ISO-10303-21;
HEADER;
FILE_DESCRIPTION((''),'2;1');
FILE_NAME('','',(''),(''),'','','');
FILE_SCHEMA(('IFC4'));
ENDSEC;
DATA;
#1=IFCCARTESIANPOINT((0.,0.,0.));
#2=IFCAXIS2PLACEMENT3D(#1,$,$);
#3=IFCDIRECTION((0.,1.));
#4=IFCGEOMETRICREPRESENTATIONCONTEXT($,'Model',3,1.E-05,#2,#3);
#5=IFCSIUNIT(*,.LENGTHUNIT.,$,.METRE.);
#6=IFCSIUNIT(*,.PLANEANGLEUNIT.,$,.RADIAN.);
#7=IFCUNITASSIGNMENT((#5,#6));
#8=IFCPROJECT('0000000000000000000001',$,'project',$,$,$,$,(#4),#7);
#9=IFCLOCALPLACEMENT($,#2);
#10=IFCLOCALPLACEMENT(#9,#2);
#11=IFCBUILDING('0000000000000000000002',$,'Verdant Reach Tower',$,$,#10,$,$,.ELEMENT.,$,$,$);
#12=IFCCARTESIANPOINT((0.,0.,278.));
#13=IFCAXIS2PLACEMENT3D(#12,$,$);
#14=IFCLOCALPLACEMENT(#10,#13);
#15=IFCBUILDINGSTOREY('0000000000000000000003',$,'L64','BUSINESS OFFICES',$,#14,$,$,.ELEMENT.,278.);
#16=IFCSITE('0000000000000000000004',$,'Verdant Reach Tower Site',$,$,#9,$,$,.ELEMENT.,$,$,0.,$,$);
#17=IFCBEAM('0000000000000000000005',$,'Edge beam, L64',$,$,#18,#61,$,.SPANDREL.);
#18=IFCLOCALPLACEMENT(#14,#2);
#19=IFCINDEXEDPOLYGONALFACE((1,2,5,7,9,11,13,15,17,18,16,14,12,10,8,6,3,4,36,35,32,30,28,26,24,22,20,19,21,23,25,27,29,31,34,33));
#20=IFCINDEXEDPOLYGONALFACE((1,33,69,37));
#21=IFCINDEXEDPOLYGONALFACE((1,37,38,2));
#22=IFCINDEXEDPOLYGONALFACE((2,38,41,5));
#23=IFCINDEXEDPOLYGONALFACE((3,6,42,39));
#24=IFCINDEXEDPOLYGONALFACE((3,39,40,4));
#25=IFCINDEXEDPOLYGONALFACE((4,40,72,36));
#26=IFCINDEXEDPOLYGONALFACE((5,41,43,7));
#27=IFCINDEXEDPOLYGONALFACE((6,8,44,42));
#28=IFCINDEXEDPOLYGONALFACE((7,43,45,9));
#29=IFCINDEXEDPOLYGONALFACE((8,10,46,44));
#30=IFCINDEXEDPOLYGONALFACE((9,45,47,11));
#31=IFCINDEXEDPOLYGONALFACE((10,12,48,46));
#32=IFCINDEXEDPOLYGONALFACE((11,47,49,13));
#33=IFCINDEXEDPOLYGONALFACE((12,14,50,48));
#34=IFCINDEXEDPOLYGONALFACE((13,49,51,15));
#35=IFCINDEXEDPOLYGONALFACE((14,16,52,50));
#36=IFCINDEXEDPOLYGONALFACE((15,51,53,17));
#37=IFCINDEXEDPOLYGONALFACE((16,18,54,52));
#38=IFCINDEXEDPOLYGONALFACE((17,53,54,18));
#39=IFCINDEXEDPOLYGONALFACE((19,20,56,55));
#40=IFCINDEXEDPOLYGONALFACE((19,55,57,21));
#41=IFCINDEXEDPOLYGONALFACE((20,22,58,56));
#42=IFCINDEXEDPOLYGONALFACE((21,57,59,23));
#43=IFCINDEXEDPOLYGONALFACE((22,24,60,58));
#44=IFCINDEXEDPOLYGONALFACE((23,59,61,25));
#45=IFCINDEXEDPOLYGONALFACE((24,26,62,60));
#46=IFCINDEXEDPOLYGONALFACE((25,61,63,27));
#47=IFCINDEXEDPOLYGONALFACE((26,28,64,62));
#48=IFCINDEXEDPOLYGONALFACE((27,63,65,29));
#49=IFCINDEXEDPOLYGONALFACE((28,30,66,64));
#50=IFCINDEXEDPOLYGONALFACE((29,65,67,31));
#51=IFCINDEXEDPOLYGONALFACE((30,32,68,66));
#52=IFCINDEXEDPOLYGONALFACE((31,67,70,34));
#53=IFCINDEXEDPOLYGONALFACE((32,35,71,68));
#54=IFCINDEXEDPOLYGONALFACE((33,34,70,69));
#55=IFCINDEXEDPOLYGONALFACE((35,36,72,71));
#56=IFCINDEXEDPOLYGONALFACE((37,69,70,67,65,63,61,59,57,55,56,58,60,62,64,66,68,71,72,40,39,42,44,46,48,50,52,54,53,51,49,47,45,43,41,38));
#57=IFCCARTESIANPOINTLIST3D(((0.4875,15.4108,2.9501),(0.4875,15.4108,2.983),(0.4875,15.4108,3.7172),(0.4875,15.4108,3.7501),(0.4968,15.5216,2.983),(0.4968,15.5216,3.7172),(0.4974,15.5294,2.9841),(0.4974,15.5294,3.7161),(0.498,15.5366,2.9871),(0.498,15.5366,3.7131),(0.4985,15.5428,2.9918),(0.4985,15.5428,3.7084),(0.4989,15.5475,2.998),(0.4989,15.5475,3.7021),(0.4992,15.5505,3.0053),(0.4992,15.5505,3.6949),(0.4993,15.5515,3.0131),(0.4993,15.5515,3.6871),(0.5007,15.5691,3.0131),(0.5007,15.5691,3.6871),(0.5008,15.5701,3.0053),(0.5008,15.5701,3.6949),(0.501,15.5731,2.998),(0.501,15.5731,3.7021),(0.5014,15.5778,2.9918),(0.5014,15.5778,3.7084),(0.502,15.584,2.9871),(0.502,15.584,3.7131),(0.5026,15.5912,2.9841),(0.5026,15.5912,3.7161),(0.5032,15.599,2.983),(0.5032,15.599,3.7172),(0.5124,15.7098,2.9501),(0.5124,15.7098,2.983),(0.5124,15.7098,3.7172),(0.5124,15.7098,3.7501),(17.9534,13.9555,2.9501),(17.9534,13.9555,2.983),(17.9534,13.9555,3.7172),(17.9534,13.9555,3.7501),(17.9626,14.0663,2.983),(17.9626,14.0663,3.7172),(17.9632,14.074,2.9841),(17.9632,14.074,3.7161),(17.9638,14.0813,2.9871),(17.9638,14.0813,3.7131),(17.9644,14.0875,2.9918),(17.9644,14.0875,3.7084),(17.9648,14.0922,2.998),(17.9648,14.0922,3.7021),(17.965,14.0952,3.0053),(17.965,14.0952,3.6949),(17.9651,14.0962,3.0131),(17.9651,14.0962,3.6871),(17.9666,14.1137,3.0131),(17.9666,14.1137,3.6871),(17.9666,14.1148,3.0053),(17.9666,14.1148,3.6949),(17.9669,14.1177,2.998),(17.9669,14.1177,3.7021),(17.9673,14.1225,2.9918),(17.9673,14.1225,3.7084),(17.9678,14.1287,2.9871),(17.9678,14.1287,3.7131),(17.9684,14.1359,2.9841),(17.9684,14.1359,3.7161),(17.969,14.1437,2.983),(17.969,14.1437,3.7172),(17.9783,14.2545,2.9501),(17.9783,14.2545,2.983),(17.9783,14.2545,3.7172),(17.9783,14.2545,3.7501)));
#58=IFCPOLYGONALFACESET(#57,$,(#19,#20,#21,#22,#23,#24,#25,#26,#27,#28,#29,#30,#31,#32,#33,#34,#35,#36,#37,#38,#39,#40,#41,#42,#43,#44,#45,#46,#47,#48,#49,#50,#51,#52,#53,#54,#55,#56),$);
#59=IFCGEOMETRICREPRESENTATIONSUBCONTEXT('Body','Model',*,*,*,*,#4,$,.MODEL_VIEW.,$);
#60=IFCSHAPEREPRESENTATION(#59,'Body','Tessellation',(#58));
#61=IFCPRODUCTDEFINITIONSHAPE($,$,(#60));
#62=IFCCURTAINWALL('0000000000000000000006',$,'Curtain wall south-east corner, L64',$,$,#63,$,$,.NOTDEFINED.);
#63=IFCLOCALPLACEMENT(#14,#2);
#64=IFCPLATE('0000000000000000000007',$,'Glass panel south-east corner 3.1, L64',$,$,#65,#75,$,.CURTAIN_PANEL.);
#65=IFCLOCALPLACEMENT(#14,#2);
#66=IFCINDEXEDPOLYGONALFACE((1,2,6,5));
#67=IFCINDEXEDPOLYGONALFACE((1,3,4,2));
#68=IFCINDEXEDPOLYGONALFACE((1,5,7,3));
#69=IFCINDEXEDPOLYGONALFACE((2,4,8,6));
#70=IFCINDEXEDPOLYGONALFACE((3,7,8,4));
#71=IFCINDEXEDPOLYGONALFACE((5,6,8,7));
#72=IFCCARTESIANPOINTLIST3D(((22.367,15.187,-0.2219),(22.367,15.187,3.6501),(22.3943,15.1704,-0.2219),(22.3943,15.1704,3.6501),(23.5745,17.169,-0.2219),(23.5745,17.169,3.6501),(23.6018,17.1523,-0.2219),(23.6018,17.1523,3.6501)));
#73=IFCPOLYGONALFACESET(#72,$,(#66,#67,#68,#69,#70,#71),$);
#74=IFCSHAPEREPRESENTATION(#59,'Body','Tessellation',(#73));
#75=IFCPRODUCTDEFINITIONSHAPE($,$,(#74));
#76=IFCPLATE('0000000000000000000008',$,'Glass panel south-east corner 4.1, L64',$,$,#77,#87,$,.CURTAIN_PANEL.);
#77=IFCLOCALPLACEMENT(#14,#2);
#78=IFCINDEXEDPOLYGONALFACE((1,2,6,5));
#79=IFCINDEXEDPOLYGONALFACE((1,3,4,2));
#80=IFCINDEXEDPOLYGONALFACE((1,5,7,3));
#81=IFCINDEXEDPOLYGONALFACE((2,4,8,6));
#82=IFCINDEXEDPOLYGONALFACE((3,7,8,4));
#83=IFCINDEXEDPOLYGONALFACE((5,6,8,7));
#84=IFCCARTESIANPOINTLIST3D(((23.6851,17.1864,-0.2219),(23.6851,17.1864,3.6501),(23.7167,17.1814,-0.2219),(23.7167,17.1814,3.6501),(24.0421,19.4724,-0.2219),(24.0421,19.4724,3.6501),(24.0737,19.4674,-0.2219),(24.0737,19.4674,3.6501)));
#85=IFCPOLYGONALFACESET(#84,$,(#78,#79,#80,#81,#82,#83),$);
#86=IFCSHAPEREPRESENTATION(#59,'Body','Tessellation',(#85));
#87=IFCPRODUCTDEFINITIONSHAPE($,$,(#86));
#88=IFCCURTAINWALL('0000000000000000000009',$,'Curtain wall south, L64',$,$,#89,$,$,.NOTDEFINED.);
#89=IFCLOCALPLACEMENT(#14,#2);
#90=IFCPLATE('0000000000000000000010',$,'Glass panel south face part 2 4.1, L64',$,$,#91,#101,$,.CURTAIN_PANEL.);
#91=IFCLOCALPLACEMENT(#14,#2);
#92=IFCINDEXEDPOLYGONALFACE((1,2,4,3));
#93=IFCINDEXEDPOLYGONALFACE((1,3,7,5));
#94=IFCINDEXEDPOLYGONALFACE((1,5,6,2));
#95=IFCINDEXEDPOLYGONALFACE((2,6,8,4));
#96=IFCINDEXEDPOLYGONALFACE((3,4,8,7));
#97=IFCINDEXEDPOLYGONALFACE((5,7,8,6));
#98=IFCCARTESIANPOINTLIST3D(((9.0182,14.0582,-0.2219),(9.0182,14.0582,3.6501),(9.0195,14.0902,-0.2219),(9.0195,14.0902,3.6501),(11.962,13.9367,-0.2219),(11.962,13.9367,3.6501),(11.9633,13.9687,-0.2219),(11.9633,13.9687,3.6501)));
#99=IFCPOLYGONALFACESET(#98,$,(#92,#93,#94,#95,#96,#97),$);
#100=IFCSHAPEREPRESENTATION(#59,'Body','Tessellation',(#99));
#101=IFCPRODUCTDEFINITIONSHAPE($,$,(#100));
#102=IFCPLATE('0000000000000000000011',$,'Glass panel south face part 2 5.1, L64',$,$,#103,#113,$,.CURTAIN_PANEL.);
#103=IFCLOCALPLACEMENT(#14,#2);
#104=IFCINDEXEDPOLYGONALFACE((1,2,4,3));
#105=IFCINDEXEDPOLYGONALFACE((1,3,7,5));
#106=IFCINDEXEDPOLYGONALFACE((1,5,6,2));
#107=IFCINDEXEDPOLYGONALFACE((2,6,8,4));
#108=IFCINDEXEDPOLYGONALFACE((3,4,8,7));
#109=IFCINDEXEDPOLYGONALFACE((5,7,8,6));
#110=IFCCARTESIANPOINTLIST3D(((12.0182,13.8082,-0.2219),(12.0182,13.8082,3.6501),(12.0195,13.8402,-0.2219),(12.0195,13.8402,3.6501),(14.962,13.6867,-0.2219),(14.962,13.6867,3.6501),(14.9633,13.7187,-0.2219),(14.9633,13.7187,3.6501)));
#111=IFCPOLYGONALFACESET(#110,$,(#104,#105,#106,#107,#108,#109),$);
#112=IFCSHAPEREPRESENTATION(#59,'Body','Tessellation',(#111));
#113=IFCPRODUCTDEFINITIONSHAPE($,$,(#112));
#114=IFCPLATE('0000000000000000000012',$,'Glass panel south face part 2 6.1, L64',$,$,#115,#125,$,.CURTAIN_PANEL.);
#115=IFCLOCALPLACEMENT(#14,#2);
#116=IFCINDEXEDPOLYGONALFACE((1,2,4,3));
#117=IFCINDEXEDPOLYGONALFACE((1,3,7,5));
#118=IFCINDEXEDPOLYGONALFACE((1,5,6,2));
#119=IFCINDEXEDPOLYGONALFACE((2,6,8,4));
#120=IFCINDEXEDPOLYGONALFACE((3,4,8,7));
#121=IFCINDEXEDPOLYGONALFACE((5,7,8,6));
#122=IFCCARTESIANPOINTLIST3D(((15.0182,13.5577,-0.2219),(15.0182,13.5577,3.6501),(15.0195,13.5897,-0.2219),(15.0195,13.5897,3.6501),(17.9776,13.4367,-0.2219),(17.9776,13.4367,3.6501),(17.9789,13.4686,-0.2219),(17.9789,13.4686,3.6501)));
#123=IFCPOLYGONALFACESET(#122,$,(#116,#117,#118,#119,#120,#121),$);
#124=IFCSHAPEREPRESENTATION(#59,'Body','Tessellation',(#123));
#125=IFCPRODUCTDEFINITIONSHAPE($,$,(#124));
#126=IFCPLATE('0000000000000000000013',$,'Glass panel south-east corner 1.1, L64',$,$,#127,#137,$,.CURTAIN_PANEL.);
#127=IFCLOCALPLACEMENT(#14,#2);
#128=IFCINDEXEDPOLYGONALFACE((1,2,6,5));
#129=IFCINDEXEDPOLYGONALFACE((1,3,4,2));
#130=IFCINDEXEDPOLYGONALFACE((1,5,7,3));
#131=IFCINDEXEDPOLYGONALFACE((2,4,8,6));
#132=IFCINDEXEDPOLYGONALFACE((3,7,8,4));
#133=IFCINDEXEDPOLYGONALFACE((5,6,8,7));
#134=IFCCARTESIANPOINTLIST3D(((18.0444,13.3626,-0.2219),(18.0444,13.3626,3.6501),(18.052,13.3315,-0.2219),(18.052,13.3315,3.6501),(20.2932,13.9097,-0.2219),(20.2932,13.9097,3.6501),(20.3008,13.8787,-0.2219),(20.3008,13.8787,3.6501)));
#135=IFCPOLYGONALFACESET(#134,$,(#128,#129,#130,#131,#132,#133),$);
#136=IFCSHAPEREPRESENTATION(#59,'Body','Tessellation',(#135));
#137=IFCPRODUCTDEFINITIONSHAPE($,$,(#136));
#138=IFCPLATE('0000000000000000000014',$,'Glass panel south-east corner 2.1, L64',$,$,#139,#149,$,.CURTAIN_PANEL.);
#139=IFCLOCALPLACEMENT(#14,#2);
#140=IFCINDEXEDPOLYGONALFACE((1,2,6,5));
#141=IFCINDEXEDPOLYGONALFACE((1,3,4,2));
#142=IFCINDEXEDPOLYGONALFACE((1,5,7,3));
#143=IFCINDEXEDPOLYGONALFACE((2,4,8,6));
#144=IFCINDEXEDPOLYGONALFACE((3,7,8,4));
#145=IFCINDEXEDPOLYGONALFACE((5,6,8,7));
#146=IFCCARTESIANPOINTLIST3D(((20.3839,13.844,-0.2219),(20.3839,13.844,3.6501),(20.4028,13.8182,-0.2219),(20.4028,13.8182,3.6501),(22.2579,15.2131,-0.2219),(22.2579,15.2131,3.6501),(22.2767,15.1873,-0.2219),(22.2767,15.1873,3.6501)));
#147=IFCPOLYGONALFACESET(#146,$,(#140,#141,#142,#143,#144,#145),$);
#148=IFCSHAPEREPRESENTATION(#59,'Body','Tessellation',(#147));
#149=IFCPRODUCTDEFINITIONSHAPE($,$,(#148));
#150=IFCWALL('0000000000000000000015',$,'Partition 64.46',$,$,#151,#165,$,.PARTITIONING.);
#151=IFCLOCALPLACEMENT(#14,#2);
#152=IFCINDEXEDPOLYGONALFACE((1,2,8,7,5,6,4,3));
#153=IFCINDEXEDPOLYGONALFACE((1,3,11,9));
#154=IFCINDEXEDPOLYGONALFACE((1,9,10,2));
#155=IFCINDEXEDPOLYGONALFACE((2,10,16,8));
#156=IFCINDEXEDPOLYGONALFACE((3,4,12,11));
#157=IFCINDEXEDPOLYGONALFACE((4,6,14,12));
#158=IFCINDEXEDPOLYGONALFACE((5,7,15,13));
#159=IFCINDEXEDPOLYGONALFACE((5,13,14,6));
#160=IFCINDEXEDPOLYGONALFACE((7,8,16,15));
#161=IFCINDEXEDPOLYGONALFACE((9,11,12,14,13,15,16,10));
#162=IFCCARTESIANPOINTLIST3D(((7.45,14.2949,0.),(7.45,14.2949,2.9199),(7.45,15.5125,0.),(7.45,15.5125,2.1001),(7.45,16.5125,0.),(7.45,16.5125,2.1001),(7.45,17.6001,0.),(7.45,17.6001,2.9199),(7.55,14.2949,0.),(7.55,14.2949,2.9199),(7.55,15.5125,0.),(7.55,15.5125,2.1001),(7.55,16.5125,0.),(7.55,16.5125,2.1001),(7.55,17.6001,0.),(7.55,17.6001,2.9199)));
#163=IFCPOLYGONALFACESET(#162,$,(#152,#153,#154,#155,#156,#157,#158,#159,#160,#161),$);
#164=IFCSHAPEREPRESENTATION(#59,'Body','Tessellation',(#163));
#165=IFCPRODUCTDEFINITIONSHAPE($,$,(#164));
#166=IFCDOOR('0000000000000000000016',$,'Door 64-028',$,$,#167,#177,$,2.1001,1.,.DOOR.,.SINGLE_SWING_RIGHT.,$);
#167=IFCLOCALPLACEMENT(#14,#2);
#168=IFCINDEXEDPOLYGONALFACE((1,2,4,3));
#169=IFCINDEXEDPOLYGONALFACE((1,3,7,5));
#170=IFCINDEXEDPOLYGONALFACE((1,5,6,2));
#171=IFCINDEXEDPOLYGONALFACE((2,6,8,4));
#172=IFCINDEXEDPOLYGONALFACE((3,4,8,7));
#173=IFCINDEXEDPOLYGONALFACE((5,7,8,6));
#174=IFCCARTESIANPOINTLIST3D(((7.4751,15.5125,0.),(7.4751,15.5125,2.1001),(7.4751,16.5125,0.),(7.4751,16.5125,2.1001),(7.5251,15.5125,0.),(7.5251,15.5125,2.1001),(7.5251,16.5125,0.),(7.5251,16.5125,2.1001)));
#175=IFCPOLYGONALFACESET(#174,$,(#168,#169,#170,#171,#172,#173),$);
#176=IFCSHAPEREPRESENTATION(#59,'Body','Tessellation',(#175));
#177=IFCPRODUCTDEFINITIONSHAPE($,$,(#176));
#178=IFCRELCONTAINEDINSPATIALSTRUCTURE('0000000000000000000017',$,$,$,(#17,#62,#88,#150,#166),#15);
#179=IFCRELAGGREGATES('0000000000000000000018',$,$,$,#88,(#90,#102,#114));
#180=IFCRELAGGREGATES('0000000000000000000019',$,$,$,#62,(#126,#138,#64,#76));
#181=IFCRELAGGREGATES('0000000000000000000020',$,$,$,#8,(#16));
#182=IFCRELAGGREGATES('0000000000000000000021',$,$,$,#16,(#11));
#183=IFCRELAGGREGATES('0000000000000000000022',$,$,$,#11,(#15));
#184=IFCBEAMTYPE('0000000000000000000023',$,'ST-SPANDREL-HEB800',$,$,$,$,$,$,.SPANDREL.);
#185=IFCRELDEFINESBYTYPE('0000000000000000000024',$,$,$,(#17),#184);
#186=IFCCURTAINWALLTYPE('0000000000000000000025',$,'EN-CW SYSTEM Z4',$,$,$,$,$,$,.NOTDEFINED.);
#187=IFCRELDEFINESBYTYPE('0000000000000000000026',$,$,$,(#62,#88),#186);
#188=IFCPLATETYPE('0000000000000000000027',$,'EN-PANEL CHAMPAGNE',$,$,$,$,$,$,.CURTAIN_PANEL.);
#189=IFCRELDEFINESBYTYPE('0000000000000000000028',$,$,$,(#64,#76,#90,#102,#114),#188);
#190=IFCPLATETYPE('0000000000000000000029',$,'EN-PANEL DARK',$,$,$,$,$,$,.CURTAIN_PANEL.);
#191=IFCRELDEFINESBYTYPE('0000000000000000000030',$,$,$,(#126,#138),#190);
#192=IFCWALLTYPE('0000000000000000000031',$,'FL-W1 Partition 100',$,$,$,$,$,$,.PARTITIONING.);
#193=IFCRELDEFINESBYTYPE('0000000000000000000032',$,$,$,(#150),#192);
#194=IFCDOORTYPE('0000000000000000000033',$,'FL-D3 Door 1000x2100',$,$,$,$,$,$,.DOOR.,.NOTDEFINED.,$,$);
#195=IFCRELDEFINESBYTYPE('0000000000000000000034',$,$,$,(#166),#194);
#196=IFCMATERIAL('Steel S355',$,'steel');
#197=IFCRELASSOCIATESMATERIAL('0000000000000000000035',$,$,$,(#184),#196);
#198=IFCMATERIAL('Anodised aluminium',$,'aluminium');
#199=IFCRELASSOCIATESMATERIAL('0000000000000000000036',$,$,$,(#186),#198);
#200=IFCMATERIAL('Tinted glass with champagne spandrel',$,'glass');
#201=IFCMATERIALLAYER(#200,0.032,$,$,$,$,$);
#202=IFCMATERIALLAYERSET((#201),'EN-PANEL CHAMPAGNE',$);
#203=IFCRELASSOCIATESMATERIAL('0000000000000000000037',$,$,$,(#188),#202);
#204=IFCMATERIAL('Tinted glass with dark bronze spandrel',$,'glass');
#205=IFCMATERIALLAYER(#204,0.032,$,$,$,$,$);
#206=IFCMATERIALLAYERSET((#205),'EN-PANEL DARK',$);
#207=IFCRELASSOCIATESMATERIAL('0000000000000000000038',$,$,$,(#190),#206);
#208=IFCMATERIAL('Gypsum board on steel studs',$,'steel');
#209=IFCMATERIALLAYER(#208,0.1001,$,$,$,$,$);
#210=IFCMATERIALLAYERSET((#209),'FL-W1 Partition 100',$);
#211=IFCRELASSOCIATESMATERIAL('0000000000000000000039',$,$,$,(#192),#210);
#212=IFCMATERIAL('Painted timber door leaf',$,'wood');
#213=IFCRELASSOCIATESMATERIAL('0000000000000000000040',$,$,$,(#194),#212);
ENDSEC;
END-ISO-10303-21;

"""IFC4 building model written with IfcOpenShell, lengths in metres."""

from ifc_helpers import new_model, si_unit, direction, frame, frame_2d, origin, origin_2d, place, context, subcontext, project, spatial, rectangle, i_section, extrude, material, layer, layer_set, material_profile, profile_set, type_object, element, fill, aggregate, save


model = new_model("IFC4")

# Units and contexts
model_context = context("Model", 3, precision=1e-05, world=origin(), true_north=direction((0.0, 1.0)))
body_context = subcontext(model_context, "Body", "Model", "MODEL_VIEW")
ifc_project = project(units=[si_unit("LENGTHUNIT", "METRE"), si_unit("PLANEANGLEUNIT", "RADIAN")], contexts=[model_context])

# Site, building, storey
site_placement = place(None, origin())
site = spatial("IfcSite", under=ifc_project, at=site_placement, Name="Verdant Reach Tower Site", CompositionType="ELEMENT", RefElevation=0.0)
building_placement = place(site_placement, origin())
building = spatial("IfcBuilding", under=site, at=building_placement, Name="Verdant Reach Tower", CompositionType="ELEMENT")
storey_placement = place(building_placement, frame((0.0, 0.0, 278.0)))
storey = spatial("IfcBuildingStorey", under=building, at=storey_placement, Name="L64", Description="BUSINESS OFFICES", CompositionType="ELEMENT", Elevation=278.0)

# Beam
ifc_material_1 = material(Name="Steel S355", Category="steel")
ifc_material_profile_1 = material_profile(ifc_material_1, i_section(OverallWidth=0.3, OverallDepth=0.8, WebThickness=0.0176, FlangeThickness=0.033, FilletRadius=0.03, at=origin_2d()), Name="HEB 800")
ifc_profile_set_1 = profile_set([ifc_material_profile_1], Name="Steel S355")
beam_type_1 = type_object("IfcBeamType", Name="ST-SPANDREL-HEB800", PredefinedType="SPANDREL", material=ifc_profile_set_1)
beam_1_placement = place(storey_placement, frame((17.9658, 14.105, 3.3501), z_axis=(-0.996547, 0.083036, 0.0), x_axis=(-0.083036, -0.996547, 0.0)))
element("IfcBeam", 1, at=beam_1_placement, inside=storey, type_object=beam_type_1, Name="Edge beam, L64", PredefinedType="SPANDREL", context=body_context, shape_type="SweptSolid", body=[
    extrude(i_section(OverallWidth=0.3, OverallDepth=0.8, WebThickness=0.0176, FlangeThickness=0.033, FilletRadius=0.03, at=origin_2d()), origin(), (0.0, 0.0, 1.0), 17.5264),
])

# Curtain walls, plates
ifc_material_2 = material(Name="Anodised aluminium", Category="aluminium")
curtain_wall_type = type_object("IfcCurtainWallType", Name="EN-CW SYSTEM Z4", PredefinedType="NOTDEFINED", material=ifc_material_2)
curtain_wall_1_placement = place(storey_placement, origin())
curtain_wall_1 = element("IfcCurtainWall", 2, at=curtain_wall_1_placement, inside=storey, type_object=curtain_wall_type, Name="Curtain wall south-east corner, L64", PredefinedType="NOTDEFINED")
ifc_material_3 = material(Name="Tinted glass with champagne spandrel", Category="glass")
ifc_layer_1 = layer(ifc_material_3, 0.032)
ifc_layer_set_1 = layer_set([ifc_layer_1], Name="EN-PANEL CHAMPAGNE")
plate_type_1 = type_object("IfcPlateType", Name="EN-PANEL CHAMPAGNE", PredefinedType="CURTAIN_PANEL", material=ifc_layer_set_1)
plate_1_placement = place(storey_placement, frame((22.9844, 16.1697, -0.2219), z_axis=(0.0, 0.0, 1.0), x_axis=(0.520292, 0.853989, 0.0)))
plate_1 = element("IfcPlate", 3, at=plate_1_placement, type_object=plate_type_1, Name="Glass panel south-east corner 3.1, L64", PredefinedType="CURTAIN_PANEL", context=body_context, shape_type="SweptSolid", body=[
    extrude(rectangle(XDim=2.3208, YDim=0.032, at=origin_2d()), origin(), (0.0, 0.0, 1.0), 3.8721),
])
plate_2_placement = place(storey_placement, frame((23.8794, 18.3269, -0.2219), z_axis=(0.0, 0.0, 1.0), x_axis=(0.154325, 0.98802, 0.0)))
plate_2 = element("IfcPlate", 4, at=plate_2_placement, type_object=plate_type_1, Name="Glass panel south-east corner 4.1, L64", PredefinedType="CURTAIN_PANEL", context=body_context, shape_type="SweptSolid", body=[
    extrude(rectangle(XDim=2.3137, YDim=0.032, at=origin_2d()), origin(), (0.0, 0.0, 1.0), 3.8721),
])
curtain_wall_2_placement = place(storey_placement, origin())
curtain_wall_2 = element("IfcCurtainWall", 5, at=curtain_wall_2_placement, inside=storey, type_object=curtain_wall_type, Name="Curtain wall south, L64", PredefinedType="NOTDEFINED")
plate_3_placement = place(storey_placement, frame((10.4907, 14.0134, -0.2219), z_axis=(0.0, 0.0, 1.0), x_axis=(0.999149, -0.041242, 0.0)))
plate_3 = element("IfcPlate", 6, at=plate_3_placement, type_object=plate_type_1, Name="Glass panel south face part 2 4.1, L64", PredefinedType="CURTAIN_PANEL", context=body_context, shape_type="SweptSolid", body=[
    extrude(rectangle(XDim=2.9463, YDim=0.032, at=origin_2d()), origin(), (0.0, 0.0, 1.0), 3.8721),
])
plate_4_placement = place(storey_placement, frame((13.4907, 13.7634, -0.2219), z_axis=(0.0, 0.0, 1.0), x_axis=(0.999149, -0.041242, 0.0)))
plate_4 = element("IfcPlate", 7, at=plate_4_placement, type_object=plate_type_1, Name="Glass panel south face part 2 5.1, L64", PredefinedType="CURTAIN_PANEL", context=body_context, shape_type="SweptSolid", body=[
    extrude(rectangle(XDim=2.9463, YDim=0.032, at=origin_2d()), origin(), (0.0, 0.0, 1.0), 3.8721),
])
plate_5_placement = place(storey_placement, frame((16.4985, 13.5132, -0.2219), z_axis=(0.0, 0.0, 1.0), x_axis=(0.999164, -0.040881, 0.0)))
plate_5 = element("IfcPlate", 8, at=plate_5_placement, type_object=plate_type_1, Name="Glass panel south face part 2 6.1, L64", PredefinedType="CURTAIN_PANEL", context=body_context, shape_type="SweptSolid", body=[
    extrude(rectangle(XDim=2.9619, YDim=0.032, at=origin_2d()), origin(), (0.0, 0.0, 1.0), 3.8721),
])
aggregate(curtain_wall_2, [plate_3, plate_4, plate_5])

# Plates
ifc_material_4 = material(Name="Tinted glass with dark bronze spandrel", Category="glass")
ifc_layer_2 = layer(ifc_material_4, 0.032)
ifc_layer_set_2 = layer_set([ifc_layer_2], Name="EN-PANEL DARK")
plate_type_2 = type_object("IfcPlateType", Name="EN-PANEL DARK", PredefinedType="CURTAIN_PANEL", material=ifc_layer_set_2)
plate_6_placement = place(storey_placement, frame((19.1726, 13.6206, -0.2219), z_axis=(0.0, 0.0, 1.0), x_axis=(0.971652, 0.236414, 0.0)))
plate_6 = element("IfcPlate", 9, at=plate_6_placement, type_object=plate_type_2, Name="Glass panel south-east corner 1.1, L64", PredefinedType="CURTAIN_PANEL", context=body_context, shape_type="SweptSolid", body=[
    extrude(rectangle(XDim=2.3145, YDim=0.032, at=origin_2d()), origin(), (0.0, 0.0, 1.0), 3.8721),
])
plate_7_placement = place(storey_placement, frame((21.3303, 14.5156, -0.2219), z_axis=(0.0, 0.0, 1.0), x_axis=(0.807457, 0.589927, 0.0)))
plate_7 = element("IfcPlate", 10, at=plate_7_placement, type_object=plate_type_2, Name="Glass panel south-east corner 2.1, L64", PredefinedType="CURTAIN_PANEL", context=body_context, shape_type="SweptSolid", body=[
    extrude(rectangle(XDim=2.3208, YDim=0.032, at=origin_2d()), origin(), (0.0, 0.0, 1.0), 3.8721),
])
aggregate(curtain_wall_1, [plate_6, plate_7, plate_1, plate_2])

# Wall, opening, door
ifc_material_5 = material(Name="Gypsum board on steel studs", Category="steel")
ifc_layer_3 = layer(ifc_material_5, 0.1001)
ifc_layer_set_3 = layer_set([ifc_layer_3], Name="FL-W1 Partition 100")
wall_type_1 = type_object("IfcWallType", Name="FL-W1 Partition 100", PredefinedType="PARTITIONING", material=ifc_layer_set_3)
wall_1_placement = place(storey_placement, frame((7.5, 14.2949, 0.0), z_axis=(0.0, 0.0, 1.0), x_axis=(0.0, 1.0, 0.0)))
wall_1 = element("IfcWall", 11, at=wall_1_placement, inside=storey, type_object=wall_type_1, Name="Partition 64.46", PredefinedType="PARTITIONING", context=body_context, shape_type="SweptSolid", body=[
    extrude(rectangle(XDim=3.3052, YDim=0.1001, at=frame_2d((1.6526, 0.0))), origin(), (0.0, 0.0, 1.0), 2.9199),
])
opening_1_placement = place(wall_1_placement, frame((1.2175, 0.0, 0.0)))
opening_1 = element("IfcOpeningElement", 12, at=opening_1_placement, cuts=wall_1, PredefinedType="OPENING", context=body_context, shape_type="SweptSolid", body=[
    extrude(rectangle(XDim=1.0, YDim=2.1001, at=frame_2d((0.5, 1.05))), frame((0.0, 0.0601, 0.0), z_axis=(0.0, -1.0, 0.0), x_axis=(1.0, 0.0, 0.0)), (0.0, 0.0, 1.0), 0.1201),
])
ifc_material_6 = material(Name="Painted timber door leaf", Category="wood")
door_type_1 = type_object("IfcDoorType", Name="FL-D3 Door 1000x2100", OperationType="NOTDEFINED", PredefinedType="DOOR", material=ifc_material_6)
door_1_placement = place(opening_1_placement, origin())
door_1 = element("IfcDoor", 13, at=door_1_placement, inside=storey, type_object=door_type_1, Name="Door 64-028", OperationType="SINGLE_SWING_RIGHT", OverallHeight=2.1001, OverallWidth=1.0, PredefinedType="DOOR", context=body_context, shape_type="SweptSolid", body=[
    extrude(rectangle(XDim=1.0, YDim=2.1001, at=frame_2d((0.5, 1.05))), frame((0.0, 0.0249, 0.0), z_axis=(0.0, -1.0, 0.0), x_axis=(1.0, 0.0, 0.0)), (0.0, 0.0, 1.0), 0.05),
])
fill(opening_1, door_1)

save(model, "model.ifc")
